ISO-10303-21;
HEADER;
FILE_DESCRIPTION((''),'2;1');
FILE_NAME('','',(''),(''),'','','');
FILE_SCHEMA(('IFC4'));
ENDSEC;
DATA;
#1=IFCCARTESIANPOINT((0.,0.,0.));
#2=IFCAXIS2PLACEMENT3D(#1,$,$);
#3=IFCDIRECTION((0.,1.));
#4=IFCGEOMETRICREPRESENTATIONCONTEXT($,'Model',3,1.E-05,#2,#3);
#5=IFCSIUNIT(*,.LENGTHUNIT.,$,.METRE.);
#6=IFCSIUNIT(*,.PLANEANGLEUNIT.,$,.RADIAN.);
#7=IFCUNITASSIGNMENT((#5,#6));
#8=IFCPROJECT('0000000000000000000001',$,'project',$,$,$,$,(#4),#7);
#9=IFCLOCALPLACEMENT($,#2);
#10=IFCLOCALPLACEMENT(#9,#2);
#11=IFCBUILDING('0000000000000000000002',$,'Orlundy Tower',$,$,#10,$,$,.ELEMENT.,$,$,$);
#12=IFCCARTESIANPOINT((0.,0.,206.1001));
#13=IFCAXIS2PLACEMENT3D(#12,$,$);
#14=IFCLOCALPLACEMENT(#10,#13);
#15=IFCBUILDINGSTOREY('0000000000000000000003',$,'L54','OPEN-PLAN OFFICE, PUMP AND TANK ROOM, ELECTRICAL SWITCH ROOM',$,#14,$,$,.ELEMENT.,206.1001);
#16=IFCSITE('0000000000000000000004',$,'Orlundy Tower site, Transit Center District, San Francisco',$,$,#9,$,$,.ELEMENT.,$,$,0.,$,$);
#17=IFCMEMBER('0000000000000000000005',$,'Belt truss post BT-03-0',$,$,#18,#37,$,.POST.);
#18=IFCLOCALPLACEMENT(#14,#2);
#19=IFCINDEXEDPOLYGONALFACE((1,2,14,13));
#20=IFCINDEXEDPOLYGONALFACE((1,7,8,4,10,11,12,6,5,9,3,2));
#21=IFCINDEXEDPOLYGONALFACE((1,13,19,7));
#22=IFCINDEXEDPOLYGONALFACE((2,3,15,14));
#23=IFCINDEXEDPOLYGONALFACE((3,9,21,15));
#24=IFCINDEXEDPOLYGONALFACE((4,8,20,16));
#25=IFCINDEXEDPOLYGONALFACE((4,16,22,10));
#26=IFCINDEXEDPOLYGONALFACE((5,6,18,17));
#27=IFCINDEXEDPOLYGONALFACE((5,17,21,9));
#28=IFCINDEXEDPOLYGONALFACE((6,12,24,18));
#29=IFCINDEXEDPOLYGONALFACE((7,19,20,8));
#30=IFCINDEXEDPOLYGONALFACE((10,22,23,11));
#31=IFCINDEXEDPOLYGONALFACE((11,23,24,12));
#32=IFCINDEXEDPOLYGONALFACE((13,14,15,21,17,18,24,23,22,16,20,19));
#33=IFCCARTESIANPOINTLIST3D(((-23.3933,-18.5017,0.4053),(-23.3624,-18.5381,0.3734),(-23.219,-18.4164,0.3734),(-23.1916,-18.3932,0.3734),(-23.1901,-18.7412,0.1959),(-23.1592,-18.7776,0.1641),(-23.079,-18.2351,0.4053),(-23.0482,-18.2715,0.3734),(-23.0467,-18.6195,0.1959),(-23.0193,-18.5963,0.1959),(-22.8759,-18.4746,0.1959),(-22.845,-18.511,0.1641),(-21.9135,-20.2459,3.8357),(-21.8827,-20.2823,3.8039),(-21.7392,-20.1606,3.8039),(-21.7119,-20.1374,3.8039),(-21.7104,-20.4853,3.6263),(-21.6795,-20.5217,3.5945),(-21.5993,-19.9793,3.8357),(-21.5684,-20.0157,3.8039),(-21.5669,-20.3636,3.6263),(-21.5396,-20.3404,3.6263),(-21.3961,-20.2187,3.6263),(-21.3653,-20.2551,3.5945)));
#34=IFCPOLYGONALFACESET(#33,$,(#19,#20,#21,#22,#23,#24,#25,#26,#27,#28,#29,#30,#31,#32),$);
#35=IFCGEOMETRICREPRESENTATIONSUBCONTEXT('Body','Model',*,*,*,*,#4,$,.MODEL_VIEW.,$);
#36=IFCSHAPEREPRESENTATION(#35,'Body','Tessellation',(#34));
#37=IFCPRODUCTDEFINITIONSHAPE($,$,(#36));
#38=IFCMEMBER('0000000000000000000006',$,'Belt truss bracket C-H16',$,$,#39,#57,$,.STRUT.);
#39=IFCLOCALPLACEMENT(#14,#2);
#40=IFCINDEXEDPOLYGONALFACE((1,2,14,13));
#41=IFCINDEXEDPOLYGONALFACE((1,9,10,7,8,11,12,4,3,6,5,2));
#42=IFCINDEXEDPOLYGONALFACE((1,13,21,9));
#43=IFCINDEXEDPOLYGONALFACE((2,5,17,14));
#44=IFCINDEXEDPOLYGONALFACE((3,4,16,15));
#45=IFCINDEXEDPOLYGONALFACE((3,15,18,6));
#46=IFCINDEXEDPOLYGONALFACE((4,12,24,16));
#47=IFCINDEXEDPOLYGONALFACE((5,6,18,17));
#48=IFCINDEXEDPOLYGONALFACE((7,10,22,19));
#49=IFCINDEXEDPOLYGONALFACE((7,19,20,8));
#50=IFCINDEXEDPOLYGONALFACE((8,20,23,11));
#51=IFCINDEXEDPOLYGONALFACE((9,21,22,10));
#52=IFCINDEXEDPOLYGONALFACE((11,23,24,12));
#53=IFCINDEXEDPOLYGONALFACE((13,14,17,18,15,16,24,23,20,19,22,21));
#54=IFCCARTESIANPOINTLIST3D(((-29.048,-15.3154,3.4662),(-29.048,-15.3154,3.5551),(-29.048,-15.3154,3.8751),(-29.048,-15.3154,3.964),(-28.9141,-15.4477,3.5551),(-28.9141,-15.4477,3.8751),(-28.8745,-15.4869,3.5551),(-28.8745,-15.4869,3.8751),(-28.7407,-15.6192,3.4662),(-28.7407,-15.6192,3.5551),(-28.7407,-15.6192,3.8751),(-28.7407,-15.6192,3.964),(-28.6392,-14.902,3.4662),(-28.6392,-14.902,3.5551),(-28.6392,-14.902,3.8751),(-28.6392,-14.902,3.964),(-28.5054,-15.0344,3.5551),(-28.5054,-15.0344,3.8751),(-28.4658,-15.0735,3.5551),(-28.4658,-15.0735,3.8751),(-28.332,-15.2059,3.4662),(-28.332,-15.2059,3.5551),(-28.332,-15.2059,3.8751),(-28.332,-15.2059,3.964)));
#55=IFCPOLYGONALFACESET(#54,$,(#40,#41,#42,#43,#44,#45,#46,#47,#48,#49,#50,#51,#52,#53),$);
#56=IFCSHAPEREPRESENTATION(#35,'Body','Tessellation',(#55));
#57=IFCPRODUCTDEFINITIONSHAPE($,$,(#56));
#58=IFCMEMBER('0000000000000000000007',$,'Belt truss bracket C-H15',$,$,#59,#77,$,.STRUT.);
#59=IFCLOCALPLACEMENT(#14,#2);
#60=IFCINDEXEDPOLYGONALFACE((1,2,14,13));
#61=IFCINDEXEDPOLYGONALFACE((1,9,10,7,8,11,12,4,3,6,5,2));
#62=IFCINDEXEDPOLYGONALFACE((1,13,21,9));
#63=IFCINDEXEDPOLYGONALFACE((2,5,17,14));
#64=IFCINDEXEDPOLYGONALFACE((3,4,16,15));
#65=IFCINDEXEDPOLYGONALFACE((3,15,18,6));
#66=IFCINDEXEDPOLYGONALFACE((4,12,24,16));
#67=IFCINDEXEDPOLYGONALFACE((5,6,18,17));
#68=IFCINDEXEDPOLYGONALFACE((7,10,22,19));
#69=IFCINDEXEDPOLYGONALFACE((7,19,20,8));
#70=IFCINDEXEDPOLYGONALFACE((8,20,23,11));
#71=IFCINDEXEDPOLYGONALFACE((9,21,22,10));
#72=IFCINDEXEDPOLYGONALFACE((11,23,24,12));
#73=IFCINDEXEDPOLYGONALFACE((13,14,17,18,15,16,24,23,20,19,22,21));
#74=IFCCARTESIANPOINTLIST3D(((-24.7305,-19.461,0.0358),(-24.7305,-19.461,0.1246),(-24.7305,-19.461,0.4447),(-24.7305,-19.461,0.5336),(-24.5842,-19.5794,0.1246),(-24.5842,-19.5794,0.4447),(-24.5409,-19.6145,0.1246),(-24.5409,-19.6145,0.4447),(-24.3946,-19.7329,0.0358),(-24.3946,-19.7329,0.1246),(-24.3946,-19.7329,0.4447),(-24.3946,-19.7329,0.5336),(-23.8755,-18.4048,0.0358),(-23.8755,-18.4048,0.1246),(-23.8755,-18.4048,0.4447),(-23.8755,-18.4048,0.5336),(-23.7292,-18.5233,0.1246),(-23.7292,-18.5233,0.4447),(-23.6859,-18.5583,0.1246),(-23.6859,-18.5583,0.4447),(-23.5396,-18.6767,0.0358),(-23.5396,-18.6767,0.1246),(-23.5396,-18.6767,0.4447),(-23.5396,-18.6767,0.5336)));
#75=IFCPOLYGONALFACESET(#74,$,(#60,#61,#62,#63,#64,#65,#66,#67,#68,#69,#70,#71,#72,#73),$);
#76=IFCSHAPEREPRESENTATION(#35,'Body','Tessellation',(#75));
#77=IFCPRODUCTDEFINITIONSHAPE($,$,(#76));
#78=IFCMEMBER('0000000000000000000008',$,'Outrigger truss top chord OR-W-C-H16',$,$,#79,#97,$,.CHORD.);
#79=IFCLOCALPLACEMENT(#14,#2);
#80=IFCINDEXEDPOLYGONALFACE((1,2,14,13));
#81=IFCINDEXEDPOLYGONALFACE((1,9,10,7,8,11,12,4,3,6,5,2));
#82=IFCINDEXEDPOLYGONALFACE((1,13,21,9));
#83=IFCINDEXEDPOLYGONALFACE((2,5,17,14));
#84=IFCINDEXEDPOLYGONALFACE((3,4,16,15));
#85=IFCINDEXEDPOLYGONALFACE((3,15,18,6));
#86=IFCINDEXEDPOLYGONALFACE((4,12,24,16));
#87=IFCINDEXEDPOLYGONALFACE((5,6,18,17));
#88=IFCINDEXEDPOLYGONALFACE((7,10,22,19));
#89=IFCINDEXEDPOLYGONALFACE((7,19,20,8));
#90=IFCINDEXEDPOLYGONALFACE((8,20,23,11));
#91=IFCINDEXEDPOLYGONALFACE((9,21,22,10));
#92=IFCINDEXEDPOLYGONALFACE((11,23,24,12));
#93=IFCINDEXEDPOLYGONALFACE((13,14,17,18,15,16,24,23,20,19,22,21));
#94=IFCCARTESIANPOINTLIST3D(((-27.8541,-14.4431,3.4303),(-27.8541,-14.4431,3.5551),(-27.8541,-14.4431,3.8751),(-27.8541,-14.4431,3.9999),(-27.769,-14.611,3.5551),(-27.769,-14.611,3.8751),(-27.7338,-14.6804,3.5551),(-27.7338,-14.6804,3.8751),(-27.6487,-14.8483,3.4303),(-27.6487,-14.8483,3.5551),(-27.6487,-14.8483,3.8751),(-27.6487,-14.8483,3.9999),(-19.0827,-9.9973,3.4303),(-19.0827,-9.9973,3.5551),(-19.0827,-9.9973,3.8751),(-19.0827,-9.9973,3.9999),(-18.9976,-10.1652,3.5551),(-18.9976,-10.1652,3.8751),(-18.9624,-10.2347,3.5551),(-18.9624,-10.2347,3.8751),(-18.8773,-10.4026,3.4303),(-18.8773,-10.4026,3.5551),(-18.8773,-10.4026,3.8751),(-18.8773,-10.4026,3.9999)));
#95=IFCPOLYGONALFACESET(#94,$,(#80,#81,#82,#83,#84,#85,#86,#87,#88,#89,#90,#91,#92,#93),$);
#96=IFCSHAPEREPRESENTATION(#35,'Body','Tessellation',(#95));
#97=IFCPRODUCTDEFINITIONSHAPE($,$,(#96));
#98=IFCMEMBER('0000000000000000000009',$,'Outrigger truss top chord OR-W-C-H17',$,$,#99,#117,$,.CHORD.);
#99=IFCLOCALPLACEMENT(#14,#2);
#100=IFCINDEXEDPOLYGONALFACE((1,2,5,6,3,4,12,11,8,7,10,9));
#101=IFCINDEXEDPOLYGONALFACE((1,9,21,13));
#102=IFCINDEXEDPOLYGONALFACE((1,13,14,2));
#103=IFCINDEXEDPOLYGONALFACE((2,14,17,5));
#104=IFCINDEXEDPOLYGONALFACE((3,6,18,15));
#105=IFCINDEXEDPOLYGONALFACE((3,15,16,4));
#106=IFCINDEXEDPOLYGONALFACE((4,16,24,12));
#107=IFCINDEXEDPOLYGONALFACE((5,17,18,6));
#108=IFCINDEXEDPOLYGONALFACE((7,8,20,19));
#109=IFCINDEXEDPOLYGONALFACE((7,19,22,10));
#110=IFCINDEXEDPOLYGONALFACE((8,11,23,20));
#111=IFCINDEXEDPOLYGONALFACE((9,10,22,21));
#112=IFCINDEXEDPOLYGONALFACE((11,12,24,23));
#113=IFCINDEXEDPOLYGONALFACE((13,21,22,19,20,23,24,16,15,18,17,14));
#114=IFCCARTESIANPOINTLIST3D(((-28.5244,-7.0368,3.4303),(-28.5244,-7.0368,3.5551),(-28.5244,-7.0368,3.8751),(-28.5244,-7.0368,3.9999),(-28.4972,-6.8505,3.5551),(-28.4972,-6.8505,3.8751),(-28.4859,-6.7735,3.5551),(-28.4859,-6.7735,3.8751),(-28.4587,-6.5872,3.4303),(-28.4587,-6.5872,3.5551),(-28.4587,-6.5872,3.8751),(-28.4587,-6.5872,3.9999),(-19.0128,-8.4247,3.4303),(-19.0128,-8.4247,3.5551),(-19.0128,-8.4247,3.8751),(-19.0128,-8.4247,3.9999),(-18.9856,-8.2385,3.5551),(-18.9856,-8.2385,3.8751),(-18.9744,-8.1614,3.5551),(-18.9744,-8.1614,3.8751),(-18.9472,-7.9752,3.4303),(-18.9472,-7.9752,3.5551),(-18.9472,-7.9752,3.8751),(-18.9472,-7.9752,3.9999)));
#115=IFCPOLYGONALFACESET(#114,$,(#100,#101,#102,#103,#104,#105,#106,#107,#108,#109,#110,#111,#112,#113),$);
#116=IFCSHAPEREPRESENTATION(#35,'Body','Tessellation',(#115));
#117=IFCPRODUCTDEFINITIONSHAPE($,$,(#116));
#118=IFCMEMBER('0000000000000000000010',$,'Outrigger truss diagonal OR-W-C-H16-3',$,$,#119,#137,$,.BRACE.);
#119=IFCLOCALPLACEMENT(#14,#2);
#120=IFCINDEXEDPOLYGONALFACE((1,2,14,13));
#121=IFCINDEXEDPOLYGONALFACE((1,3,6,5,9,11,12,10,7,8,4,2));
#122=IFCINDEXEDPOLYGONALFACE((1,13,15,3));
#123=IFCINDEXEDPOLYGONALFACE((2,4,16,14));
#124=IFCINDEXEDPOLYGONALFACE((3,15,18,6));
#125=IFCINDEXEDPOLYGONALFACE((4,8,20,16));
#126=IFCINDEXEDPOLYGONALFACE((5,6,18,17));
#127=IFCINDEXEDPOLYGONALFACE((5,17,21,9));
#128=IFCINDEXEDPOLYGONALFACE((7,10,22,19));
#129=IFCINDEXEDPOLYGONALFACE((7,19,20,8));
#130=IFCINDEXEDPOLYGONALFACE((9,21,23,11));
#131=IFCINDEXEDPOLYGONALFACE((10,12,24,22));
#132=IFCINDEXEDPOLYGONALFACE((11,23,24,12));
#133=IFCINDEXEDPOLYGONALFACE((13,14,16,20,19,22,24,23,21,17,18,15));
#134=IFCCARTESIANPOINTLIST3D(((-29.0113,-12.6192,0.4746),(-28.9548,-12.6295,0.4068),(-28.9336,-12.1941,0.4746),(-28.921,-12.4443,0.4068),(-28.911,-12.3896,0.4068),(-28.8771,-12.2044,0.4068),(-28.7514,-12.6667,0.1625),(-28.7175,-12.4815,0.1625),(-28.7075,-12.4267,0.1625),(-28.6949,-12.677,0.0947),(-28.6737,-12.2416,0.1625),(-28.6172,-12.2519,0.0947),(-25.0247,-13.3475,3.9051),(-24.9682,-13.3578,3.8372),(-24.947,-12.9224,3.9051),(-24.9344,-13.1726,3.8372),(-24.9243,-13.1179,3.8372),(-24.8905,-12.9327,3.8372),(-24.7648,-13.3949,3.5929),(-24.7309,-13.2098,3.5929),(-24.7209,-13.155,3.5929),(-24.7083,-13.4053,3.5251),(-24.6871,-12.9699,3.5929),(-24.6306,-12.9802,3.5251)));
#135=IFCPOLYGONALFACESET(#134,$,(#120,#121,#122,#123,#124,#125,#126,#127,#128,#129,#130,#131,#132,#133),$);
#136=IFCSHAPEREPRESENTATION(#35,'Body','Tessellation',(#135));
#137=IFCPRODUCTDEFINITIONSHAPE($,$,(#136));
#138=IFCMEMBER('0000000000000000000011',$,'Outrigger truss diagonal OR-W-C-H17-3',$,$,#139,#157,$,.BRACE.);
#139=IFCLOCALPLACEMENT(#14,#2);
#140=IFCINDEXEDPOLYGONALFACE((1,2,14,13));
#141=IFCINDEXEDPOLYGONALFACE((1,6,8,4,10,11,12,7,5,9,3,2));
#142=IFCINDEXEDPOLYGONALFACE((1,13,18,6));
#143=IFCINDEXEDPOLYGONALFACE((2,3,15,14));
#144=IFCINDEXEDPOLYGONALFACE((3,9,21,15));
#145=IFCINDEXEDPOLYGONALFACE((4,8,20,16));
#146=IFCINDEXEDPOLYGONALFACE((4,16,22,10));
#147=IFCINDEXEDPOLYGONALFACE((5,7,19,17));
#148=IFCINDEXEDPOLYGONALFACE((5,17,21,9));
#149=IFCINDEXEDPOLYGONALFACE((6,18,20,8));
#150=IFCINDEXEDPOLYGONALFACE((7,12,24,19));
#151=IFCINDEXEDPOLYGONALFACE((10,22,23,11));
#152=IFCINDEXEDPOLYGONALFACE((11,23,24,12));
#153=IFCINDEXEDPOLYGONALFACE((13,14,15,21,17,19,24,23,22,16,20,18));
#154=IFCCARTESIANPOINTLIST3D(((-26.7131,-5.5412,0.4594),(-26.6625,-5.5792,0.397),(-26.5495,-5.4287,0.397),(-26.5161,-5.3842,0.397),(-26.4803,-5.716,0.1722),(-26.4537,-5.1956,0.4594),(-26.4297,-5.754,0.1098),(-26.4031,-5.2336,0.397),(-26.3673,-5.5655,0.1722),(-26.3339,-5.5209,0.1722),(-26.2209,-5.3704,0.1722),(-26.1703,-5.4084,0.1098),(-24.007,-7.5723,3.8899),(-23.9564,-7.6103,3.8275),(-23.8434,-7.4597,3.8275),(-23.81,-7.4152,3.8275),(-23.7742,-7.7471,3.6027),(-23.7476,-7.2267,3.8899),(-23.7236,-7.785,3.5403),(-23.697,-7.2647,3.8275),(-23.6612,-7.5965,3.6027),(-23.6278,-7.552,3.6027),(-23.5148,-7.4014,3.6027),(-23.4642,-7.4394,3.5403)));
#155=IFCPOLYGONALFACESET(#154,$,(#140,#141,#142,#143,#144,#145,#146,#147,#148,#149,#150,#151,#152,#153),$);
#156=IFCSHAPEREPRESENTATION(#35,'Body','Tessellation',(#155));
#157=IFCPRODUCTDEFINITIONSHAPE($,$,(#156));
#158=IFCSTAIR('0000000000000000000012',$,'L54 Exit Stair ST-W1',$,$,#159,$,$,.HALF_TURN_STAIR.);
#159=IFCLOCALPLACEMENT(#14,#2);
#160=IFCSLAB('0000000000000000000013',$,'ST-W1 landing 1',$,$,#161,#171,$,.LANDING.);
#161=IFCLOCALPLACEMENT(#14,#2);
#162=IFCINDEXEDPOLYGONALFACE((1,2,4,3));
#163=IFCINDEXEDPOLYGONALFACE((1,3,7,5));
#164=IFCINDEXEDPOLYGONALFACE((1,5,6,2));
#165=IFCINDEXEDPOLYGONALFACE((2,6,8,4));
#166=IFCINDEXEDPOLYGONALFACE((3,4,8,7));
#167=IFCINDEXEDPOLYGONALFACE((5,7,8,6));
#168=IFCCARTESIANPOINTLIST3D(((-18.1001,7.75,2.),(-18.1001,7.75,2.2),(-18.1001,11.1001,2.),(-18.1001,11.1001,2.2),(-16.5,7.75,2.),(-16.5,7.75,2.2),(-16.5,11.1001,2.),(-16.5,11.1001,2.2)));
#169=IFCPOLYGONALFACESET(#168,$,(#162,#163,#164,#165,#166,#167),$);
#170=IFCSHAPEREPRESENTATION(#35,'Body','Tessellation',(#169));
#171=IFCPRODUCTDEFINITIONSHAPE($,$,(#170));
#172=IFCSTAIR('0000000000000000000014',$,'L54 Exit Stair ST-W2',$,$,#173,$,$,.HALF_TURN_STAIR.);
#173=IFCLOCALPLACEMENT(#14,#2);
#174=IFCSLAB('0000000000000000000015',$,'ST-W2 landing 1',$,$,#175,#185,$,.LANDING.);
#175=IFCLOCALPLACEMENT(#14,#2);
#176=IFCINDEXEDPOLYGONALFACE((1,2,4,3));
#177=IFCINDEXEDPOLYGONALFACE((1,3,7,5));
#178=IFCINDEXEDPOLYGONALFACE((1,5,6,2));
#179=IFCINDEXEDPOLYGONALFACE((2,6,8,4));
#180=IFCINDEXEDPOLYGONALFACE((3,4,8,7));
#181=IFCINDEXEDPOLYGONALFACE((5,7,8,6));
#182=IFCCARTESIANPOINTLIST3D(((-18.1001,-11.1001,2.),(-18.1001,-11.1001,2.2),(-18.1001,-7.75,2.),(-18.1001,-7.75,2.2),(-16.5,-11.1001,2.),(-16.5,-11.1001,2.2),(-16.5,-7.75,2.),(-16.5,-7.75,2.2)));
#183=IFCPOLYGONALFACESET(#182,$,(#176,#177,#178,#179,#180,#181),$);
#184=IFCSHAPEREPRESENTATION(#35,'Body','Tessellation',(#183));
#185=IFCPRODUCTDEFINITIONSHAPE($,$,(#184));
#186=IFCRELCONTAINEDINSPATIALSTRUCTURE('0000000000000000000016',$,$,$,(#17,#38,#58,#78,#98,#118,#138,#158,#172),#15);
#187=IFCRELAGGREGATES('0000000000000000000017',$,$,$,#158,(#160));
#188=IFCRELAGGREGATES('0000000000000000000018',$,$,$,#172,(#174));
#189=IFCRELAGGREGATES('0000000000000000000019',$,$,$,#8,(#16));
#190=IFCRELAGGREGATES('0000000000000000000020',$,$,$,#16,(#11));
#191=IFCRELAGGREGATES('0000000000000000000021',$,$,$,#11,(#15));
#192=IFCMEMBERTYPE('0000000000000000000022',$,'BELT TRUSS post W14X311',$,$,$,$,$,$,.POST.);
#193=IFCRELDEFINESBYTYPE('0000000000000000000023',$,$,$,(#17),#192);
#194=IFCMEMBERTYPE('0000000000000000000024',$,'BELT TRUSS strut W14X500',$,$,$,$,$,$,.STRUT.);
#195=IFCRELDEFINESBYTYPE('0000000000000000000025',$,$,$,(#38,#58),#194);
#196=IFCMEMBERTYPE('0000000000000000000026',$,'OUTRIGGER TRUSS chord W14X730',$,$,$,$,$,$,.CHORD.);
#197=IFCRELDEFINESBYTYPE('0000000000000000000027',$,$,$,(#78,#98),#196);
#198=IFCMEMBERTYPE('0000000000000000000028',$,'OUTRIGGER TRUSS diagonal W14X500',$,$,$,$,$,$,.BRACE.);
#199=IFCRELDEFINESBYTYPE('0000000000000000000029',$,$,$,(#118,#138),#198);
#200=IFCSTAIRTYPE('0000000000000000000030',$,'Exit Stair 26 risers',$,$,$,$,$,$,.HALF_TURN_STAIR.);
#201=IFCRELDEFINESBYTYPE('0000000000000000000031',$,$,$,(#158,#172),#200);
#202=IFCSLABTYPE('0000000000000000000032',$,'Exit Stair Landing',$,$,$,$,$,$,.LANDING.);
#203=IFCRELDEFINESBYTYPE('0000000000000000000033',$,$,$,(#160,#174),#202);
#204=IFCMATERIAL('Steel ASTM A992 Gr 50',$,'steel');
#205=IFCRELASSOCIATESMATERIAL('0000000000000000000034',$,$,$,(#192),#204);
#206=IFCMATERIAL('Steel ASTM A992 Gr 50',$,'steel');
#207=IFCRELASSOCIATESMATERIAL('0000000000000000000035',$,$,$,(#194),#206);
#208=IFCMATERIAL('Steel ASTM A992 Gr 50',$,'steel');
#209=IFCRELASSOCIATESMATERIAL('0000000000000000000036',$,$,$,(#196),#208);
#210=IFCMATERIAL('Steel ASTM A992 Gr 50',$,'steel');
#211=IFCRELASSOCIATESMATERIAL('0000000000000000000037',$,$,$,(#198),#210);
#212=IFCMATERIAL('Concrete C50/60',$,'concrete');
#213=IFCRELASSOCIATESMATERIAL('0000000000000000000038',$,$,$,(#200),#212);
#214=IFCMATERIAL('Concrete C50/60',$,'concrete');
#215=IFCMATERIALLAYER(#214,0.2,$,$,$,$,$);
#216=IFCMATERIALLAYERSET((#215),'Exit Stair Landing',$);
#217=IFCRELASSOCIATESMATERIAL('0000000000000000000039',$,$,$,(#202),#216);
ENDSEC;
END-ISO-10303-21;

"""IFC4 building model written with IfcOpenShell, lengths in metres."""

from ifc_helpers import new_model, si_unit, direction, frame, origin, origin_2d, place, context, subcontext, project, spatial, polyline, i_section, outline, extrude, material, layer, layer_set, material_profile, profile_set, type_object, element, aggregate, save


model = new_model("IFC4")

# Units and contexts
model_context = context("Model", 3, precision=1e-05, world=origin(), true_north=direction((0.0, 1.0)))
body_context = subcontext(model_context, "Body", "Model", "MODEL_VIEW")
ifc_project = project(units=[si_unit("LENGTHUNIT", "METRE"), si_unit("PLANEANGLEUNIT", "RADIAN")], contexts=[model_context])

# Site, building, storey
site_placement = place(None, origin())
site = spatial("IfcSite", under=ifc_project, at=site_placement, Name="Orlundy Tower site, Transit Center District, San Francisco", CompositionType="ELEMENT", RefElevation=0.0)
building_placement = place(site_placement, origin())
building = spatial("IfcBuilding", under=site, at=building_placement, Name="Orlundy Tower", CompositionType="ELEMENT")
storey_placement = place(building_placement, frame((0.0, 0.0, 206.1001)))
storey = spatial("IfcBuildingStorey", under=building, at=storey_placement, Name="L54", Description="OPEN-PLAN OFFICE, PUMP AND TANK ROOM, ELECTRICAL SWITCH ROOM", CompositionType="ELEMENT", Elevation=206.1001)

# Members
ifc_material_1 = material(Name="Steel ASTM A992 Gr 50", Category="steel")
ifc_material_profile_1 = material_profile(ifc_material_1, i_section(OverallWidth=0.4121, OverallDepth=0.4348, WebThickness=0.0359, FlangeThickness=0.0574, at=origin_2d()), Name="W14X311")
ifc_profile_set_1 = profile_set([ifc_material_profile_1], Name="Steel ASTM A992 Gr 50")
member_type_1 = type_object("IfcMemberType", Name="BELT TRUSS post W14X311", PredefinedType="POST", material=ifc_profile_set_1)
for number, where, z_axis, x_axis, name in (
    (1, (-23.1191, -18.5063, 0.2847), (0.358895, -0.423023, 0.832013), (0.762539, 0.646942, 0.0), "Belt truss post BT-03-0"),
):
    element("IfcMember", number, at=place(storey_placement, frame(where, z_axis=z_axis, x_axis=x_axis)), inside=storey, type_object=member_type_1, Name=name, PredefinedType="POST", context=body_context, shape_type="SweptSolid", body=[
        extrude(i_section(OverallWidth=0.4121, OverallDepth=0.4348, WebThickness=0.0359, FlangeThickness=0.0574, at=origin_2d()), origin(), (0.0, 0.0, 1.0), 4.123),
    ])
ifc_material_2 = material(Name="Steel ASTM A992 Gr 50", Category="steel")
ifc_material_profile_2 = material_profile(ifc_material_2, i_section(OverallWidth=0.4321, OverallDepth=0.4978, WebThickness=0.0557, FlangeThickness=0.0889, at=origin_2d()), Name="W14X500")
ifc_profile_set_2 = profile_set([ifc_material_profile_2], Name="Steel ASTM A992 Gr 50")
member_type_2 = type_object("IfcMemberType", Name="BELT TRUSS strut W14X500", PredefinedType="STRUT", material=ifc_profile_set_2)
member_1_placement = place(storey_placement, frame((-28.4856, -15.054, 3.7151), z_axis=(-0.703105, -0.711086, 0.0), x_axis=(0.711086, -0.703105, 0.0)))
element("IfcMember", 2, at=member_1_placement, inside=storey, type_object=member_type_2, Name="Belt truss bracket C-H16", PredefinedType="STRUT", context=body_context, shape_type="SweptSolid", body=[
    extrude(i_section(OverallWidth=0.4321, OverallDepth=0.4978, WebThickness=0.0557, FlangeThickness=0.0889, at=origin_2d()), origin(), (0.0, 0.0, 1.0), 0.5813),
])
member_2_placement = place(storey_placement, frame((-23.7075, -18.5408, 0.2847), z_axis=(-0.629198, -0.777245, 0.0), x_axis=(0.777245, -0.629198, 0.0)))
element("IfcMember", 3, at=member_2_placement, inside=storey, type_object=member_type_2, Name="Belt truss bracket C-H15", PredefinedType="STRUT", context=body_context, shape_type="SweptSolid", body=[
    extrude(i_section(OverallWidth=0.4321, OverallDepth=0.4978, WebThickness=0.0557, FlangeThickness=0.0889, at=origin_2d()), origin(), (0.0, 0.0, 1.0), 1.3589),
])
ifc_material_3 = material(Name="Steel ASTM A992 Gr 50", Category="steel")
ifc_material_profile_3 = material_profile(ifc_material_3, i_section(OverallWidth=0.4543, OverallDepth=0.5696, WebThickness=0.0779, FlangeThickness=0.1248, at=origin_2d()), Name="W14X730")
ifc_profile_set_3 = profile_set([ifc_material_profile_3], Name="Steel ASTM A992 Gr 50")
member_type_3 = type_object("IfcMemberType", Name="OUTRIGGER TRUSS chord W14X730", PredefinedType="CHORD", material=ifc_profile_set_3)
member_3_placement = place(storey_placement, frame((-18.98, -10.2, 3.7151), z_axis=(-0.891971, -0.452093, 0.0), x_axis=(0.452093, -0.891971, 0.0)))
element("IfcMember", 4, at=member_3_placement, inside=storey, type_object=member_type_3, Name="Outrigger truss top chord OR-W-C-H16", PredefinedType="CHORD", context=body_context, shape_type="SweptSolid", body=[
    extrude(i_section(OverallWidth=0.4543, OverallDepth=0.5696, WebThickness=0.0779, FlangeThickness=0.1248, at=origin_2d()), origin(), (0.0, 0.0, 1.0), 9.8337),
])
member_4_placement = place(storey_placement, frame((-18.98, -8.2, 3.7151), z_axis=(-0.98952, 0.144393, 0.0), x_axis=(-0.144393, -0.98952, 0.0)))
element("IfcMember", 5, at=member_4_placement, inside=storey, type_object=member_type_3, Name="Outrigger truss top chord OR-W-C-H17", PredefinedType="CHORD", context=body_context, shape_type="SweptSolid", body=[
    extrude(i_section(OverallWidth=0.4543, OverallDepth=0.5696, WebThickness=0.0779, FlangeThickness=0.1248, at=origin_2d()), origin(), (0.0, 0.0, 1.0), 9.6123),
])
ifc_material_4 = material(Name="Steel ASTM A992 Gr 50", Category="steel")
ifc_material_profile_4 = material_profile(ifc_material_4, i_section(OverallWidth=0.4321, OverallDepth=0.4978, WebThickness=0.0557, FlangeThickness=0.0889, at=origin_2d()), Name="W14X500")
ifc_profile_set_4 = profile_set([ifc_material_profile_4], Name="Steel ASTM A992 Gr 50")
member_type_4 = type_object("IfcMemberType", Name="OUTRIGGER TRUSS diagonal W14X500", PredefinedType="BRACE", material=ifc_profile_set_4)
member_5_placement = place(storey_placement, frame((-24.8276, -13.1638, 3.7151), z_axis=(-0.750836, 0.137164, -0.646089), x_axis=(-0.179707, -0.98372, 0.0)))
element("IfcMember", 6, at=member_5_placement, inside=storey, type_object=member_type_4, Name="Outrigger truss diagonal OR-W-C-H16-3", PredefinedType="BRACE", context=body_context, shape_type="SweptSolid", body=[
    extrude(i_section(OverallWidth=0.4321, OverallDepth=0.4978, WebThickness=0.0557, FlangeThickness=0.0889, at=origin_2d()), origin(), (0.0, 0.0, 1.0), 5.3096),
])
member_6_placement = place(storey_placement, frame((-23.7356, -7.5059, 3.7151), z_axis=(-0.561626, 0.421524, -0.711964), x_axis=(-0.600277, -0.799792, 0.0)))
element("IfcMember", 7, at=member_6_placement, inside=storey, type_object=member_type_4, Name="Outrigger truss diagonal OR-W-C-H17-3", PredefinedType="BRACE", context=body_context, shape_type="SweptSolid", body=[
    extrude(i_section(OverallWidth=0.4321, OverallDepth=0.4978, WebThickness=0.0557, FlangeThickness=0.0889, at=origin_2d()), origin(), (0.0, 0.0, 1.0), 4.8184),
])

# Stairs, slabs
ifc_material_5 = material(Name="Concrete C50/60", Category="concrete")
stair_type = type_object("IfcStairType", Name="Exit Stair 26 risers", PredefinedType="HALF_TURN_STAIR", material=ifc_material_5)
stair_1_placement = place(storey_placement, origin())
stair_1 = element("IfcStair", 8, at=stair_1_placement, inside=storey, type_object=stair_type, Name="L54 Exit Stair ST-W1", PredefinedType="HALF_TURN_STAIR")
ifc_material_6 = material(Name="Concrete C50/60", Category="concrete")
ifc_layer = layer(ifc_material_6, 0.2)
ifc_layer_set = layer_set([ifc_layer], Name="Exit Stair Landing")
slab_type = type_object("IfcSlabType", Name="Exit Stair Landing", PredefinedType="LANDING", material=ifc_layer_set)
slab_1_placement = place(storey_placement, frame((0.0, 0.0, 2.0)))
slab_1 = element("IfcSlab", 9, at=slab_1_placement, type_object=slab_type, Name="ST-W1 landing 1", PredefinedType="LANDING", context=body_context, shape_type="SweptSolid", body=[
    extrude(outline(polyline([(-16.5, 11.1001), (-18.1001, 11.1001), (-18.1001, 7.75), (-16.5, 7.75), (-16.5, 11.1001)])), origin(), (0.0, 0.0, 1.0), 0.2),
])
aggregate(stair_1, [slab_1])
stair_2_placement = place(storey_placement, origin())
stair_2 = element("IfcStair", 10, at=stair_2_placement, inside=storey, type_object=stair_type, Name="L54 Exit Stair ST-W2", PredefinedType="HALF_TURN_STAIR")
slab_2_placement = place(storey_placement, frame((0.0, 0.0, 2.0)))
slab_2 = element("IfcSlab", 11, at=slab_2_placement, type_object=slab_type, Name="ST-W2 landing 1", PredefinedType="LANDING", context=body_context, shape_type="SweptSolid", body=[
    extrude(outline(polyline([(-16.5, -7.75), (-18.1001, -7.75), (-18.1001, -11.1001), (-16.5, -11.1001), (-16.5, -7.75)])), origin(), (0.0, 0.0, 1.0), 0.2),
])

aggregate(stair_2, [slab_2])

save(model, "model.ifc")
